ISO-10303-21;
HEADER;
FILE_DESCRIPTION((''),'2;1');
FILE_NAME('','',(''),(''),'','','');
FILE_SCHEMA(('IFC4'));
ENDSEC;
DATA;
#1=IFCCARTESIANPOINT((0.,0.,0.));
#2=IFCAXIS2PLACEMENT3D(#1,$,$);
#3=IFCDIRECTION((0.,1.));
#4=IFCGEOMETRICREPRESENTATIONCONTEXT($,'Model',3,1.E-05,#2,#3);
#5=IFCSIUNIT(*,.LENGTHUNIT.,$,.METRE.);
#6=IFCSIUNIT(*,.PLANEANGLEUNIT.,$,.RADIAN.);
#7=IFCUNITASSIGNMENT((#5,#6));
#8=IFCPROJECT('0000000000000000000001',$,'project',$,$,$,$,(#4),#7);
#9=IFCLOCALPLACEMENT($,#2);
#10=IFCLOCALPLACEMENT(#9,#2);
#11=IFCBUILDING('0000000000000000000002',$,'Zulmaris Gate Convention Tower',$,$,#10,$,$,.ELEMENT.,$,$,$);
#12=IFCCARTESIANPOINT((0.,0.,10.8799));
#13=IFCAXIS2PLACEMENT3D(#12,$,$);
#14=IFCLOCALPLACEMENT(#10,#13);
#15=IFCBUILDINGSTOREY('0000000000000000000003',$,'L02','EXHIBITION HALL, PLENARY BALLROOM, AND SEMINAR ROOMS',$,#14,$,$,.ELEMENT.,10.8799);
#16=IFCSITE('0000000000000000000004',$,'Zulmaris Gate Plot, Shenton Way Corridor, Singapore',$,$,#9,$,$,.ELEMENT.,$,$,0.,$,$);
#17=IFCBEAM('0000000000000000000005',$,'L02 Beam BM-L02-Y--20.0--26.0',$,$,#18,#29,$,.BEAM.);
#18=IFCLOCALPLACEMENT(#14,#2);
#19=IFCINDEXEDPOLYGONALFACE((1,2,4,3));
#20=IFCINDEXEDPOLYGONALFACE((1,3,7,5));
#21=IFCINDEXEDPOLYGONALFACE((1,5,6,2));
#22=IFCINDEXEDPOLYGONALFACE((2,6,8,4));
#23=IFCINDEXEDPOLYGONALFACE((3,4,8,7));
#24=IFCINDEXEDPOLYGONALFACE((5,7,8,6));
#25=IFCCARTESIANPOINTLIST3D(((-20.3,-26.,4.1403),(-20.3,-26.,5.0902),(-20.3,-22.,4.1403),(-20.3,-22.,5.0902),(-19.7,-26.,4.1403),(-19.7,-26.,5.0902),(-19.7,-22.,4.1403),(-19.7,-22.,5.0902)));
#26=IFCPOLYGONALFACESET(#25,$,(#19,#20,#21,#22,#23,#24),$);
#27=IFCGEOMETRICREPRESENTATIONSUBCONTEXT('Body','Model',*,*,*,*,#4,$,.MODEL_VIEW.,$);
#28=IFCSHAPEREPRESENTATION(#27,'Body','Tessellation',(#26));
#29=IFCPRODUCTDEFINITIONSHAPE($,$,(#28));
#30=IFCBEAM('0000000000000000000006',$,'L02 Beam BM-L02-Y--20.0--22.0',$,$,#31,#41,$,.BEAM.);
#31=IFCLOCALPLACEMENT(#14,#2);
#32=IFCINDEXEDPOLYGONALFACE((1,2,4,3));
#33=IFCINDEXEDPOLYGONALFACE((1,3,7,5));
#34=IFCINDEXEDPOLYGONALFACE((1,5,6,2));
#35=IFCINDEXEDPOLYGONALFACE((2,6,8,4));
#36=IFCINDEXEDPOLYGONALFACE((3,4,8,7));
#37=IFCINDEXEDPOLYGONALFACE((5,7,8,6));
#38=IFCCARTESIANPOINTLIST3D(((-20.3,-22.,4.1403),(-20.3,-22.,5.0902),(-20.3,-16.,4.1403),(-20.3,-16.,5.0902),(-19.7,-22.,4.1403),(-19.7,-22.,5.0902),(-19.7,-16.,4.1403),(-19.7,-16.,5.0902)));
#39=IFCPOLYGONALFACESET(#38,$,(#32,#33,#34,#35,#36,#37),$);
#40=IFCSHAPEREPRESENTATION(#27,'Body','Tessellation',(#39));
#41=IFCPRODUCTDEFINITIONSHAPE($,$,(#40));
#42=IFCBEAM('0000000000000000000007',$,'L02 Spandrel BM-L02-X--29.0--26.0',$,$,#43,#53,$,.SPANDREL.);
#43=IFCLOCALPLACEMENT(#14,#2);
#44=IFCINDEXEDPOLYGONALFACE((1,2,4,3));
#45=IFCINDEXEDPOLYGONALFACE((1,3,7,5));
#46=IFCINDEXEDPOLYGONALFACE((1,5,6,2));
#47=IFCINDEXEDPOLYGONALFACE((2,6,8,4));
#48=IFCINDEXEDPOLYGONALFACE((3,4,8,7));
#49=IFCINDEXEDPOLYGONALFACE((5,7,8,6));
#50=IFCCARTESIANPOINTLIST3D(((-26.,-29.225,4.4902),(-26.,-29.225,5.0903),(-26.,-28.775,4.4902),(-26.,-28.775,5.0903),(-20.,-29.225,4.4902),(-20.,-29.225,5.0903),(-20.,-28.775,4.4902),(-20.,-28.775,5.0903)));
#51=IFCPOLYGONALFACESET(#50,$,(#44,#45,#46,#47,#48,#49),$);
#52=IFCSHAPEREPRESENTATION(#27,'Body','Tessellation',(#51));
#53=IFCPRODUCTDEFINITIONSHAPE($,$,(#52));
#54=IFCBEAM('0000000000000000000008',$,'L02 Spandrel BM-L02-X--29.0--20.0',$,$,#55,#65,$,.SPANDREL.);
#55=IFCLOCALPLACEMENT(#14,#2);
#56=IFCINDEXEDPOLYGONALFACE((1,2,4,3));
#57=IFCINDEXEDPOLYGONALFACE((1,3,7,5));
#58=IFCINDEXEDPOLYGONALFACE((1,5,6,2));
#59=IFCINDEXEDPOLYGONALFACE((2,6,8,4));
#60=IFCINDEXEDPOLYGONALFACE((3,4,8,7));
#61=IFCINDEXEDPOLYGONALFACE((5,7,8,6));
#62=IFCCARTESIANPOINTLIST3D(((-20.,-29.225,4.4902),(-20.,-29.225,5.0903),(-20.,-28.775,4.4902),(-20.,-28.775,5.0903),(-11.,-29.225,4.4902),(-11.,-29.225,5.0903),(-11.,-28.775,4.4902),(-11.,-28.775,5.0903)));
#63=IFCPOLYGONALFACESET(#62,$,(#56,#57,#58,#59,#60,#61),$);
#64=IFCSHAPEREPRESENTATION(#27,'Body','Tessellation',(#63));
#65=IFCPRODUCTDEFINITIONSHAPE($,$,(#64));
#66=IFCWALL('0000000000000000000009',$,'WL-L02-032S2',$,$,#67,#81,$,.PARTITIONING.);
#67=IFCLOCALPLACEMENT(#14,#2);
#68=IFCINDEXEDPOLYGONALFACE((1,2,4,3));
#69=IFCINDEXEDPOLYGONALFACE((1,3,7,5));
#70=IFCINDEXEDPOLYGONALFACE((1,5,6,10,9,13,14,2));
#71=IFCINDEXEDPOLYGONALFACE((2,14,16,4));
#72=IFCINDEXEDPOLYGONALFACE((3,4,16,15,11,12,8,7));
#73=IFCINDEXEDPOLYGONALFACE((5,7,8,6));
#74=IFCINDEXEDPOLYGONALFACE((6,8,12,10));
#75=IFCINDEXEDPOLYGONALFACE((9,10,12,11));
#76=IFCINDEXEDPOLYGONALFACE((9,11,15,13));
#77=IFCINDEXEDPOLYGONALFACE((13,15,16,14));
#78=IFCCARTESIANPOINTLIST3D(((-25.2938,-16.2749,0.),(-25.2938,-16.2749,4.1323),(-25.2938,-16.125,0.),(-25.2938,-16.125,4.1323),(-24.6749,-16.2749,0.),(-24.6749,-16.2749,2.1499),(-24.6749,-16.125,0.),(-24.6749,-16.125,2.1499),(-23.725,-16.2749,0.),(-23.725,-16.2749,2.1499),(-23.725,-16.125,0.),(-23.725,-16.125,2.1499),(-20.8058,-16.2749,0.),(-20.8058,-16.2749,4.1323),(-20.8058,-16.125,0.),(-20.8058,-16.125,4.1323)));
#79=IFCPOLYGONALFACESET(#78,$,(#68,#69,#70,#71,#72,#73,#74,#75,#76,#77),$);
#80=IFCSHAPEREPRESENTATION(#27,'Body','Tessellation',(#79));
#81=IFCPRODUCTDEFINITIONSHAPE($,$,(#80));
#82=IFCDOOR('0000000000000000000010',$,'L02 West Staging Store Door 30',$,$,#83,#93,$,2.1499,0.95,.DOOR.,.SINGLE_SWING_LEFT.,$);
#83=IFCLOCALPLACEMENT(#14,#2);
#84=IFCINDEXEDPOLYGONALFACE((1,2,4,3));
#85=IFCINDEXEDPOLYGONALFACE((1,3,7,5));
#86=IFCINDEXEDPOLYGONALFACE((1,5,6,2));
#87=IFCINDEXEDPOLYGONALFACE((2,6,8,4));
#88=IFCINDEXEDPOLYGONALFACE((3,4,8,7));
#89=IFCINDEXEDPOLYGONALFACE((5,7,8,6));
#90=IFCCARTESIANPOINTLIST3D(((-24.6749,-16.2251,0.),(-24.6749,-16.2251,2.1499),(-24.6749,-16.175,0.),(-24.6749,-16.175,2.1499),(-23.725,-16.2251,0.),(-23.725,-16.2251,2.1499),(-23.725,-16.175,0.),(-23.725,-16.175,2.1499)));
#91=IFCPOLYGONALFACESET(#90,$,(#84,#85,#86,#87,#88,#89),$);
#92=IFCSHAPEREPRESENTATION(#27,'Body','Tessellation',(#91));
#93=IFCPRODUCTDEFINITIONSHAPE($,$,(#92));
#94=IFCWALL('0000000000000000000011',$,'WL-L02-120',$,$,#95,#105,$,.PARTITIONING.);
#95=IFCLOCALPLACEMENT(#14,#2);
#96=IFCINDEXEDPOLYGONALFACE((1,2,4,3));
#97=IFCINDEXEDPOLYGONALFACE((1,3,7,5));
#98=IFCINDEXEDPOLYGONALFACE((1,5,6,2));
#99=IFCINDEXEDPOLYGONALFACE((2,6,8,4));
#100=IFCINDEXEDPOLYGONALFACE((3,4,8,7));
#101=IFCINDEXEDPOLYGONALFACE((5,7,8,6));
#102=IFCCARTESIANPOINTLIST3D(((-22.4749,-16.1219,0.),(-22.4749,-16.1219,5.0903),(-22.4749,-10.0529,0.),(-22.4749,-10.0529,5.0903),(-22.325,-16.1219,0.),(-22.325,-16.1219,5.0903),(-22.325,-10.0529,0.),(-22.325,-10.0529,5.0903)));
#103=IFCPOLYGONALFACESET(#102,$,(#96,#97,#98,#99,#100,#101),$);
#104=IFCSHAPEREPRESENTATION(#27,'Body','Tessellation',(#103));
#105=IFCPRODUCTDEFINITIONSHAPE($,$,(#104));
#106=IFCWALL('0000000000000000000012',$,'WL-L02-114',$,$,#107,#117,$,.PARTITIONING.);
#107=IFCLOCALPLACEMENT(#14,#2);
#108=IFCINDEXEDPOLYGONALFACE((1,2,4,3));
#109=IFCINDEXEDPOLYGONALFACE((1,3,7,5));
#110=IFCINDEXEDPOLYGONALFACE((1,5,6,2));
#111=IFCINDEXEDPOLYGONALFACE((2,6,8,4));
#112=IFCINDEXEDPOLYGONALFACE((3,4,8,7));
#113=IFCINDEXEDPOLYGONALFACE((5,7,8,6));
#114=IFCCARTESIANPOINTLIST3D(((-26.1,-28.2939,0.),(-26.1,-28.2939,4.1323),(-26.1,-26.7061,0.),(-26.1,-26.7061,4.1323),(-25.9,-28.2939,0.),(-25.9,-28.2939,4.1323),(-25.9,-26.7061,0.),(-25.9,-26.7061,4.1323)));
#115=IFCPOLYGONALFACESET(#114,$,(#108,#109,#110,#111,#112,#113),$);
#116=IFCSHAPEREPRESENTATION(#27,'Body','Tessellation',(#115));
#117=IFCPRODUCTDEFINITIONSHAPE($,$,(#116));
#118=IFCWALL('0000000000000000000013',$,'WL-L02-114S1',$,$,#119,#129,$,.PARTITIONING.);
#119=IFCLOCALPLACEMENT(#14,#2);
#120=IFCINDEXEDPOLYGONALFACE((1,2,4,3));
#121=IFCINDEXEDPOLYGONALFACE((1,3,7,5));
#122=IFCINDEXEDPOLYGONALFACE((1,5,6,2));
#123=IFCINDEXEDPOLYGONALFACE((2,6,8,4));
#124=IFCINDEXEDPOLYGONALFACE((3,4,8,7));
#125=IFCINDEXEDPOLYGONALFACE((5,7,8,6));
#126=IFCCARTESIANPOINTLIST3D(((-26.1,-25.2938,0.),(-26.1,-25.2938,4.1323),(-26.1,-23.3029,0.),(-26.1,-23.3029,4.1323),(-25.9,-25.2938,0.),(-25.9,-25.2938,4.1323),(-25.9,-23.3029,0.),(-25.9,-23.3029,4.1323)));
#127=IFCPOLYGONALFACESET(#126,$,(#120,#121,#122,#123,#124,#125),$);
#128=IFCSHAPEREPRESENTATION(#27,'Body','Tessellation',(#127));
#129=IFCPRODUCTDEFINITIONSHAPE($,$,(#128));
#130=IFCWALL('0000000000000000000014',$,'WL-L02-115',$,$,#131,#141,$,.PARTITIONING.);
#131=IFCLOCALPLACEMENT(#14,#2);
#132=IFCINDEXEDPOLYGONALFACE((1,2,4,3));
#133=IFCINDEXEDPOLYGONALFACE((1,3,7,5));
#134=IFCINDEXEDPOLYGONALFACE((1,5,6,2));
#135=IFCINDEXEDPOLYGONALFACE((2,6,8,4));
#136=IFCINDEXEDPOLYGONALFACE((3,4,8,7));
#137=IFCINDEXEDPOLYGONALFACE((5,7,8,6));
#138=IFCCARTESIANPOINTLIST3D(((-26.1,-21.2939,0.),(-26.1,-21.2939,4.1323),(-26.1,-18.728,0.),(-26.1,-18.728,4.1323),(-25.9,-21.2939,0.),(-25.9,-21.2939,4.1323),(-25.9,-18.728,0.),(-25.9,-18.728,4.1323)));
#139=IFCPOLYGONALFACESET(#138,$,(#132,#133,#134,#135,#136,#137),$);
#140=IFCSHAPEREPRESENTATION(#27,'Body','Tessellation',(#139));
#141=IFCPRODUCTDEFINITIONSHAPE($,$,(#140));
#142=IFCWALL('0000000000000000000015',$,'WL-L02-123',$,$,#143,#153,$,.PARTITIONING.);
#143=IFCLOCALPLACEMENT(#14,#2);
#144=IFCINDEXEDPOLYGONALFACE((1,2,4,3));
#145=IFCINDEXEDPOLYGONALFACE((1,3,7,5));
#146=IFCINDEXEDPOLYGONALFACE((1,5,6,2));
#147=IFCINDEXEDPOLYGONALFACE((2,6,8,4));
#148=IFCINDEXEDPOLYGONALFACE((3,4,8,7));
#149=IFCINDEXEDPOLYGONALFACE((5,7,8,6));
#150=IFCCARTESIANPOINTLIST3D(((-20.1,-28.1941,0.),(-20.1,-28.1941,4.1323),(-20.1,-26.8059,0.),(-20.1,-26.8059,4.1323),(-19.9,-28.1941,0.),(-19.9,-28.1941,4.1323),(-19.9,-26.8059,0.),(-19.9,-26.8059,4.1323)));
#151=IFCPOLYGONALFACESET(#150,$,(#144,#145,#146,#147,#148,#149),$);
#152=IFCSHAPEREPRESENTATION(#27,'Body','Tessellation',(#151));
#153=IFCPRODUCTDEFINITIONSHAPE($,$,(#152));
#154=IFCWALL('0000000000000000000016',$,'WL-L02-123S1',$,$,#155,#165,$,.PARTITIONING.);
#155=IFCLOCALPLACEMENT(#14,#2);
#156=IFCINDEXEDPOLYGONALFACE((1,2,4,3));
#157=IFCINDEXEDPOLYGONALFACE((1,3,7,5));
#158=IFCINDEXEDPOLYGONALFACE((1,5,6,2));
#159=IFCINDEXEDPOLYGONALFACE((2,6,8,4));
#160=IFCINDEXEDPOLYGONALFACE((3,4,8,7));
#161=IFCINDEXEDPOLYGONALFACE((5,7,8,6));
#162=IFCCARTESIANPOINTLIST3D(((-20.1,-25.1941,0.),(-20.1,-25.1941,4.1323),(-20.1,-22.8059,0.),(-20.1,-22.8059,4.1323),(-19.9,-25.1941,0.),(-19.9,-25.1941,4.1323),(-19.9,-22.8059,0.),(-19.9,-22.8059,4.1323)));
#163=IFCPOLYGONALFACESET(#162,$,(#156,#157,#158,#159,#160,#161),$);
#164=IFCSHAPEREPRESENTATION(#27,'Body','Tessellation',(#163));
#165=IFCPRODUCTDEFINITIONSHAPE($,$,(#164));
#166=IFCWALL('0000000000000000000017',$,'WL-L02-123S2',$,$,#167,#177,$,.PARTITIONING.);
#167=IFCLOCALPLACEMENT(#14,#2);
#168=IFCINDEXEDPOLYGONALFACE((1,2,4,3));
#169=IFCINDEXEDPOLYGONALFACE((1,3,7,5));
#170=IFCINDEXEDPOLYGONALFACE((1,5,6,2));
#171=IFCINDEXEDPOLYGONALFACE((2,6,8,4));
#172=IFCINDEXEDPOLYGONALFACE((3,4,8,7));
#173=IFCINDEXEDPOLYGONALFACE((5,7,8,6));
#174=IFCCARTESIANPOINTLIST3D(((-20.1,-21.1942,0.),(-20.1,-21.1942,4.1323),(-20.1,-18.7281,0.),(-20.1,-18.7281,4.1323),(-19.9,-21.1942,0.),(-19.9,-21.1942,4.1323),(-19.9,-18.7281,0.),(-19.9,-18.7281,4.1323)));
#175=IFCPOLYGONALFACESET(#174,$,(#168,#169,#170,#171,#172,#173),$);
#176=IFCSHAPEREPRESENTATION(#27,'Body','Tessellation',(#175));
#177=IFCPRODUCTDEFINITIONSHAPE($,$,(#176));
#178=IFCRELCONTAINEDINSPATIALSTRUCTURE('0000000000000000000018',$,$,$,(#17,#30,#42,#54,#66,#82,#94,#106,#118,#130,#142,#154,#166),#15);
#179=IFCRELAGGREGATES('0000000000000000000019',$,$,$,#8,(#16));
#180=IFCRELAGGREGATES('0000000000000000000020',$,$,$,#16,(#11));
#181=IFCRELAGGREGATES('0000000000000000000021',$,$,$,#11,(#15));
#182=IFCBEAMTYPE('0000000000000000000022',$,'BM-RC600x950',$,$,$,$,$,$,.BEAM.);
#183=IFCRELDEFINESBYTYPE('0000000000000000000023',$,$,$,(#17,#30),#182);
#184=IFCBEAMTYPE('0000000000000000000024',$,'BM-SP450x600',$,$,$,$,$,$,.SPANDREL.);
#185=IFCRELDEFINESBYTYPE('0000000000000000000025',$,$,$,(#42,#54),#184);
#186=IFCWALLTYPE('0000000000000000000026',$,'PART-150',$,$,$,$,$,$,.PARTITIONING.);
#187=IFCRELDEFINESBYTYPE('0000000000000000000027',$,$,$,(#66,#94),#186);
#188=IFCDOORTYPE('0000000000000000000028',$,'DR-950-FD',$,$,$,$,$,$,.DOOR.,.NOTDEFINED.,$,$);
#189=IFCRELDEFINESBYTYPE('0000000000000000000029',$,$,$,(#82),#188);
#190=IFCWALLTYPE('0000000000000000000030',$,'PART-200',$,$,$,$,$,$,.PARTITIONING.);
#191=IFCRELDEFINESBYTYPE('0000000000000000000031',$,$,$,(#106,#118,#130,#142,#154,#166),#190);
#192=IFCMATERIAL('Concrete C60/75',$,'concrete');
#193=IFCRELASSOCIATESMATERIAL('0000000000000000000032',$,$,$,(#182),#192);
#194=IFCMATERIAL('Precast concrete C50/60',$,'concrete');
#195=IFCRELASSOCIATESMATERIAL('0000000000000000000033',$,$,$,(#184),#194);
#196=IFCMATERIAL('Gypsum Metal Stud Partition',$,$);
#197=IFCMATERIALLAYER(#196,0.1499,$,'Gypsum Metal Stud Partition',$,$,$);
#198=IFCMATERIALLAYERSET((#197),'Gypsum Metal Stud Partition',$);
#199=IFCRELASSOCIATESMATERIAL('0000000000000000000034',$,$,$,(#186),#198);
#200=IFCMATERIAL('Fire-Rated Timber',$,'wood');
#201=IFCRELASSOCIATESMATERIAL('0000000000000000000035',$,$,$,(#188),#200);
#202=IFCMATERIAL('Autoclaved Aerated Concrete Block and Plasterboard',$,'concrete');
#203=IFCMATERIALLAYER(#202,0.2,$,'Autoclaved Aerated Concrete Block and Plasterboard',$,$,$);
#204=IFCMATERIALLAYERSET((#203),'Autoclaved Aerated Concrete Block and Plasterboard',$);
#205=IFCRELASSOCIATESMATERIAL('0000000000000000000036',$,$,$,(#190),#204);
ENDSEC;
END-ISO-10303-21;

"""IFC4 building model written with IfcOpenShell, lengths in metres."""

from ifc_helpers import new_model, si_unit, direction, frame, frame_2d, origin, origin_2d, place, context, subcontext, project, spatial, rectangle, extrude, material, layer, layer_set, material_profile, profile_set, type_object, element, fill, save


model = new_model("IFC4")

# Units and contexts
model_context = context("Model", 3, precision=1e-05, world=origin(), true_north=direction((0.0, 1.0)))
body_context = subcontext(model_context, "Body", "Model", "MODEL_VIEW")
ifc_project = project(units=[si_unit("LENGTHUNIT", "METRE"), si_unit("PLANEANGLEUNIT", "RADIAN")], contexts=[model_context])

# Site, building, storey
site_placement = place(None, origin())
site = spatial("IfcSite", under=ifc_project, at=site_placement, Name="Zulmaris Gate Plot, Shenton Way Corridor, Singapore", CompositionType="ELEMENT", RefElevation=0.0)
building_placement = place(site_placement, origin())
building = spatial("IfcBuilding", under=site, at=building_placement, Name="Zulmaris Gate Convention Tower", CompositionType="ELEMENT")
storey_placement = place(building_placement, frame((0.0, 0.0, 10.8799)))
storey = spatial("IfcBuildingStorey", under=building, at=storey_placement, Name="L02", Description="EXHIBITION HALL, PLENARY BALLROOM, AND SEMINAR ROOMS", CompositionType="ELEMENT", Elevation=10.8799)

# Shared definitions
ifc_material_1 = material(Name="Precast concrete C50/60", Category="concrete")

# Beams
ifc_material_2 = material(Name="Concrete C60/75", Category="concrete")
ifc_material_profile_1 = material_profile(ifc_material_2, rectangle(XDim=0.6001, YDim=0.95, at=origin_2d()), Name="RC BEAM 600x950")
ifc_profile_set_1 = profile_set([ifc_material_profile_1], Name="Concrete C60/75")
beam_type_1 = type_object("IfcBeamType", Name="BM-RC600x950", PredefinedType="BEAM", material=ifc_profile_set_1)
beam_1_placement = place(storey_placement, frame((-20.0, -26.0, 4.6152), z_axis=(0.0, 1.0, 0.0), x_axis=(-1.0, 0.0, 0.0)))
element("IfcBeam", 1, at=beam_1_placement, inside=storey, type_object=beam_type_1, Name="L02 Beam BM-L02-Y--20.0--26.0", PredefinedType="BEAM", context=body_context, shape_type="SweptSolid", body=[
    extrude(rectangle(XDim=0.6001, YDim=0.95, at=origin_2d()), origin(), (0.0, 0.0, 1.0), 4.0),
])
beam_2_placement = place(storey_placement, frame((-20.0, -22.0, 4.6152), z_axis=(0.0, 1.0, 0.0), x_axis=(-1.0, 0.0, 0.0)))
element("IfcBeam", 2, at=beam_2_placement, inside=storey, type_object=beam_type_1, Name="L02 Beam BM-L02-Y--20.0--22.0", PredefinedType="BEAM", context=body_context, shape_type="SweptSolid", body=[
    extrude(rectangle(XDim=0.6001, YDim=0.95, at=origin_2d()), origin(), (0.0, 0.0, 1.0), 6.0),
])
ifc_material_profile_2 = material_profile(ifc_material_1, rectangle(XDim=0.45, YDim=0.6001, at=origin_2d()), Name="RC SPANDREL 450x600")
ifc_profile_set_2 = profile_set([ifc_material_profile_2], Name="Precast concrete C50/60")
beam_type_2 = type_object("IfcBeamType", Name="BM-SP450x600", PredefinedType="SPANDREL", material=ifc_profile_set_2)
beam_3_placement = place(storey_placement, frame((-26.0, -29.0, 4.7903), z_axis=(1.0, 0.0, 0.0), x_axis=(0.0, 1.0, 0.0)))
element("IfcBeam", 3, at=beam_3_placement, inside=storey, type_object=beam_type_2, Name="L02 Spandrel BM-L02-X--29.0--26.0", PredefinedType="SPANDREL", context=body_context, shape_type="SweptSolid", body=[
    extrude(rectangle(XDim=0.45, YDim=0.6001, at=origin_2d()), origin(), (0.0, 0.0, 1.0), 6.0),
])
beam_4_placement = place(storey_placement, frame((-20.0, -29.0, 4.7903), z_axis=(1.0, 0.0, 0.0), x_axis=(0.0, 1.0, 0.0)))
element("IfcBeam", 4, at=beam_4_placement, inside=storey, type_object=beam_type_2, Name="L02 Spandrel BM-L02-X--29.0--20.0", PredefinedType="SPANDREL", context=body_context, shape_type="SweptSolid", body=[
    extrude(rectangle(XDim=0.45, YDim=0.6001, at=origin_2d()), origin(), (0.0, 0.0, 1.0), 9.0),
])

# Wall, opening, door
ifc_material_3 = material(Name="Gypsum Metal Stud Partition")
ifc_layer_1 = layer(ifc_material_3, 0.1499, Name="Gypsum Metal Stud Partition")
ifc_layer_set_1 = layer_set([ifc_layer_1], Name="Gypsum Metal Stud Partition")
wall_type_1 = type_object("IfcWallType", Name="PART-150", PredefinedType="PARTITIONING", material=ifc_layer_set_1)
wall_1_placement = place(storey_placement, frame((-25.2939, -16.2, 0.0), z_axis=(0.0, 0.0, 1.0), x_axis=(1.0, 0.0, 0.0)))
wall_1 = element("IfcWall", 5, at=wall_1_placement, inside=storey, type_object=wall_type_1, Name="WL-L02-032S2", PredefinedType="PARTITIONING", context=body_context, shape_type="SweptSolid", body=[
    extrude(rectangle(XDim=4.488, YDim=0.1499, at=frame_2d((2.2441, 0.0))), origin(), (0.0, 0.0, 1.0), 4.1323),
])
opening_placement = place(wall_1_placement, frame((0.6189, 0.0, 0.0)))
opening = element("IfcOpeningElement", 6, at=opening_placement, cuts=wall_1, PredefinedType="OPENING", context=body_context, shape_type="SweptSolid", body=[
    extrude(rectangle(XDim=0.95, YDim=2.1499, at=frame_2d((0.4751, 1.075))), frame((0.0, 0.085, 0.0), z_axis=(0.0, -1.0, 0.0), x_axis=(1.0, 0.0, 0.0)), (0.0, 0.0, 1.0), 0.1699),
])
ifc_material_4 = material(Name="Fire-Rated Timber", Category="wood")
door_type = type_object("IfcDoorType", Name="DR-950-FD", OperationType="NOTDEFINED", PredefinedType="DOOR", material=ifc_material_4)
door_placement = place(opening_placement, origin())
door = element("IfcDoor", 7, at=door_placement, inside=storey, type_object=door_type, Name="L02 West Staging Store Door 30", OperationType="SINGLE_SWING_LEFT", OverallHeight=2.1499, OverallWidth=0.95, PredefinedType="DOOR", context=body_context, shape_type="SweptSolid", body=[
    extrude(rectangle(XDim=0.95, YDim=2.1499, at=frame_2d((0.4751, 1.075))), frame((0.0, 0.0249, 0.0), z_axis=(0.0, -1.0, 0.0), x_axis=(1.0, 0.0, 0.0)), (0.0, 0.0, 1.0), 0.05),
])
fill(opening, door)

# Walls
wall_2_placement = place(storey_placement, frame((-22.3999, -16.1221, 0.0), z_axis=(0.0, 0.0, 1.0), x_axis=(0.0, 1.0, 0.0)))
element("IfcWall", 8, at=wall_2_placement, inside=storey, type_object=wall_type_1, Name="WL-L02-120", PredefinedType="PARTITIONING", context=body_context, shape_type="SweptSolid", body=[
    extrude(rectangle(XDim=6.0691, YDim=0.1499, at=frame_2d((3.0347, 0.0))), origin(), (0.0, 0.0, 1.0), 5.0903),
])
ifc_material_5 = material(Name="Autoclaved Aerated Concrete Block and Plasterboard", Category="concrete")
ifc_layer_2 = layer(ifc_material_5, 0.2, Name="Autoclaved Aerated Concrete Block and Plasterboard")
ifc_layer_set_2 = layer_set([ifc_layer_2], Name="Autoclaved Aerated Concrete Block and Plasterboard")
wall_type_2 = type_object("IfcWallType", Name="PART-200", PredefinedType="PARTITIONING", material=ifc_layer_set_2)
wall_3_placement = place(storey_placement, frame((-26.0, -28.2939, 0.0), z_axis=(0.0, 0.0, 1.0), x_axis=(0.0, 1.0, 0.0)))
element("IfcWall", 9, at=wall_3_placement, inside=storey, type_object=wall_type_2, Name="WL-L02-114", PredefinedType="PARTITIONING", context=body_context, shape_type="SweptSolid", body=[
    extrude(rectangle(XDim=1.5879, YDim=0.2, at=frame_2d((0.7939, 0.0))), origin(), (0.0, 0.0, 1.0), 4.1323),
])
wall_4_placement = place(storey_placement, frame((-26.0, -25.2939, 0.0), z_axis=(0.0, 0.0, 1.0), x_axis=(0.0, 1.0, 0.0)))
element("IfcWall", 10, at=wall_4_placement, inside=storey, type_object=wall_type_2, Name="WL-L02-114S1", PredefinedType="PARTITIONING", context=body_context, shape_type="SweptSolid", body=[
    extrude(rectangle(XDim=1.991, YDim=0.2, at=frame_2d((0.9956, 0.0))), origin(), (0.0, 0.0, 1.0), 4.1323),
])
wall_5_placement = place(storey_placement, frame((-26.0, -21.2939, 0.0), z_axis=(0.0, 0.0, 1.0), x_axis=(0.0, 1.0, 0.0)))
element("IfcWall", 11, at=wall_5_placement, inside=storey, type_object=wall_type_2, Name="WL-L02-115", PredefinedType="PARTITIONING", context=body_context, shape_type="SweptSolid", body=[
    extrude(rectangle(XDim=2.5659, YDim=0.2, at=frame_2d((1.283, 0.0))), origin(), (0.0, 0.0, 1.0), 4.1323),
])
wall_6_placement = place(storey_placement, frame((-20.0, -28.1941, 0.0), z_axis=(0.0, 0.0, 1.0), x_axis=(0.0, 1.0, 0.0)))
element("IfcWall", 12, at=wall_6_placement, inside=storey, type_object=wall_type_2, Name="WL-L02-123", PredefinedType="PARTITIONING", context=body_context, shape_type="SweptSolid", body=[
    extrude(rectangle(XDim=1.3882, YDim=0.2, at=frame_2d((0.6941, 0.0))), origin(), (0.0, 0.0, 1.0), 4.1323),
])
wall_7_placement = place(storey_placement, frame((-20.0, -25.1941, 0.0), z_axis=(0.0, 0.0, 1.0), x_axis=(0.0, 1.0, 0.0)))
element("IfcWall", 13, at=wall_7_placement, inside=storey, type_object=wall_type_2, Name="WL-L02-123S1", PredefinedType="PARTITIONING", context=body_context, shape_type="SweptSolid", body=[
    extrude(rectangle(XDim=2.3882, YDim=0.2, at=frame_2d((1.1941, 0.0))), origin(), (0.0, 0.0, 1.0), 4.1323),
])
wall_8_placement = place(storey_placement, frame((-20.0, -21.1941, 0.0), z_axis=(0.0, 0.0, 1.0), x_axis=(0.0, 1.0, 0.0)))
element("IfcWall", 14, at=wall_8_placement, inside=storey, type_object=wall_type_2, Name="WL-L02-123S2", PredefinedType="PARTITIONING", context=body_context, shape_type="SweptSolid", body=[
    extrude(rectangle(XDim=2.4661, YDim=0.2, at=frame_2d((1.2329, 0.0))), origin(), (0.0, 0.0, 1.0), 4.1323),
])

save(model, "model.ifc")
